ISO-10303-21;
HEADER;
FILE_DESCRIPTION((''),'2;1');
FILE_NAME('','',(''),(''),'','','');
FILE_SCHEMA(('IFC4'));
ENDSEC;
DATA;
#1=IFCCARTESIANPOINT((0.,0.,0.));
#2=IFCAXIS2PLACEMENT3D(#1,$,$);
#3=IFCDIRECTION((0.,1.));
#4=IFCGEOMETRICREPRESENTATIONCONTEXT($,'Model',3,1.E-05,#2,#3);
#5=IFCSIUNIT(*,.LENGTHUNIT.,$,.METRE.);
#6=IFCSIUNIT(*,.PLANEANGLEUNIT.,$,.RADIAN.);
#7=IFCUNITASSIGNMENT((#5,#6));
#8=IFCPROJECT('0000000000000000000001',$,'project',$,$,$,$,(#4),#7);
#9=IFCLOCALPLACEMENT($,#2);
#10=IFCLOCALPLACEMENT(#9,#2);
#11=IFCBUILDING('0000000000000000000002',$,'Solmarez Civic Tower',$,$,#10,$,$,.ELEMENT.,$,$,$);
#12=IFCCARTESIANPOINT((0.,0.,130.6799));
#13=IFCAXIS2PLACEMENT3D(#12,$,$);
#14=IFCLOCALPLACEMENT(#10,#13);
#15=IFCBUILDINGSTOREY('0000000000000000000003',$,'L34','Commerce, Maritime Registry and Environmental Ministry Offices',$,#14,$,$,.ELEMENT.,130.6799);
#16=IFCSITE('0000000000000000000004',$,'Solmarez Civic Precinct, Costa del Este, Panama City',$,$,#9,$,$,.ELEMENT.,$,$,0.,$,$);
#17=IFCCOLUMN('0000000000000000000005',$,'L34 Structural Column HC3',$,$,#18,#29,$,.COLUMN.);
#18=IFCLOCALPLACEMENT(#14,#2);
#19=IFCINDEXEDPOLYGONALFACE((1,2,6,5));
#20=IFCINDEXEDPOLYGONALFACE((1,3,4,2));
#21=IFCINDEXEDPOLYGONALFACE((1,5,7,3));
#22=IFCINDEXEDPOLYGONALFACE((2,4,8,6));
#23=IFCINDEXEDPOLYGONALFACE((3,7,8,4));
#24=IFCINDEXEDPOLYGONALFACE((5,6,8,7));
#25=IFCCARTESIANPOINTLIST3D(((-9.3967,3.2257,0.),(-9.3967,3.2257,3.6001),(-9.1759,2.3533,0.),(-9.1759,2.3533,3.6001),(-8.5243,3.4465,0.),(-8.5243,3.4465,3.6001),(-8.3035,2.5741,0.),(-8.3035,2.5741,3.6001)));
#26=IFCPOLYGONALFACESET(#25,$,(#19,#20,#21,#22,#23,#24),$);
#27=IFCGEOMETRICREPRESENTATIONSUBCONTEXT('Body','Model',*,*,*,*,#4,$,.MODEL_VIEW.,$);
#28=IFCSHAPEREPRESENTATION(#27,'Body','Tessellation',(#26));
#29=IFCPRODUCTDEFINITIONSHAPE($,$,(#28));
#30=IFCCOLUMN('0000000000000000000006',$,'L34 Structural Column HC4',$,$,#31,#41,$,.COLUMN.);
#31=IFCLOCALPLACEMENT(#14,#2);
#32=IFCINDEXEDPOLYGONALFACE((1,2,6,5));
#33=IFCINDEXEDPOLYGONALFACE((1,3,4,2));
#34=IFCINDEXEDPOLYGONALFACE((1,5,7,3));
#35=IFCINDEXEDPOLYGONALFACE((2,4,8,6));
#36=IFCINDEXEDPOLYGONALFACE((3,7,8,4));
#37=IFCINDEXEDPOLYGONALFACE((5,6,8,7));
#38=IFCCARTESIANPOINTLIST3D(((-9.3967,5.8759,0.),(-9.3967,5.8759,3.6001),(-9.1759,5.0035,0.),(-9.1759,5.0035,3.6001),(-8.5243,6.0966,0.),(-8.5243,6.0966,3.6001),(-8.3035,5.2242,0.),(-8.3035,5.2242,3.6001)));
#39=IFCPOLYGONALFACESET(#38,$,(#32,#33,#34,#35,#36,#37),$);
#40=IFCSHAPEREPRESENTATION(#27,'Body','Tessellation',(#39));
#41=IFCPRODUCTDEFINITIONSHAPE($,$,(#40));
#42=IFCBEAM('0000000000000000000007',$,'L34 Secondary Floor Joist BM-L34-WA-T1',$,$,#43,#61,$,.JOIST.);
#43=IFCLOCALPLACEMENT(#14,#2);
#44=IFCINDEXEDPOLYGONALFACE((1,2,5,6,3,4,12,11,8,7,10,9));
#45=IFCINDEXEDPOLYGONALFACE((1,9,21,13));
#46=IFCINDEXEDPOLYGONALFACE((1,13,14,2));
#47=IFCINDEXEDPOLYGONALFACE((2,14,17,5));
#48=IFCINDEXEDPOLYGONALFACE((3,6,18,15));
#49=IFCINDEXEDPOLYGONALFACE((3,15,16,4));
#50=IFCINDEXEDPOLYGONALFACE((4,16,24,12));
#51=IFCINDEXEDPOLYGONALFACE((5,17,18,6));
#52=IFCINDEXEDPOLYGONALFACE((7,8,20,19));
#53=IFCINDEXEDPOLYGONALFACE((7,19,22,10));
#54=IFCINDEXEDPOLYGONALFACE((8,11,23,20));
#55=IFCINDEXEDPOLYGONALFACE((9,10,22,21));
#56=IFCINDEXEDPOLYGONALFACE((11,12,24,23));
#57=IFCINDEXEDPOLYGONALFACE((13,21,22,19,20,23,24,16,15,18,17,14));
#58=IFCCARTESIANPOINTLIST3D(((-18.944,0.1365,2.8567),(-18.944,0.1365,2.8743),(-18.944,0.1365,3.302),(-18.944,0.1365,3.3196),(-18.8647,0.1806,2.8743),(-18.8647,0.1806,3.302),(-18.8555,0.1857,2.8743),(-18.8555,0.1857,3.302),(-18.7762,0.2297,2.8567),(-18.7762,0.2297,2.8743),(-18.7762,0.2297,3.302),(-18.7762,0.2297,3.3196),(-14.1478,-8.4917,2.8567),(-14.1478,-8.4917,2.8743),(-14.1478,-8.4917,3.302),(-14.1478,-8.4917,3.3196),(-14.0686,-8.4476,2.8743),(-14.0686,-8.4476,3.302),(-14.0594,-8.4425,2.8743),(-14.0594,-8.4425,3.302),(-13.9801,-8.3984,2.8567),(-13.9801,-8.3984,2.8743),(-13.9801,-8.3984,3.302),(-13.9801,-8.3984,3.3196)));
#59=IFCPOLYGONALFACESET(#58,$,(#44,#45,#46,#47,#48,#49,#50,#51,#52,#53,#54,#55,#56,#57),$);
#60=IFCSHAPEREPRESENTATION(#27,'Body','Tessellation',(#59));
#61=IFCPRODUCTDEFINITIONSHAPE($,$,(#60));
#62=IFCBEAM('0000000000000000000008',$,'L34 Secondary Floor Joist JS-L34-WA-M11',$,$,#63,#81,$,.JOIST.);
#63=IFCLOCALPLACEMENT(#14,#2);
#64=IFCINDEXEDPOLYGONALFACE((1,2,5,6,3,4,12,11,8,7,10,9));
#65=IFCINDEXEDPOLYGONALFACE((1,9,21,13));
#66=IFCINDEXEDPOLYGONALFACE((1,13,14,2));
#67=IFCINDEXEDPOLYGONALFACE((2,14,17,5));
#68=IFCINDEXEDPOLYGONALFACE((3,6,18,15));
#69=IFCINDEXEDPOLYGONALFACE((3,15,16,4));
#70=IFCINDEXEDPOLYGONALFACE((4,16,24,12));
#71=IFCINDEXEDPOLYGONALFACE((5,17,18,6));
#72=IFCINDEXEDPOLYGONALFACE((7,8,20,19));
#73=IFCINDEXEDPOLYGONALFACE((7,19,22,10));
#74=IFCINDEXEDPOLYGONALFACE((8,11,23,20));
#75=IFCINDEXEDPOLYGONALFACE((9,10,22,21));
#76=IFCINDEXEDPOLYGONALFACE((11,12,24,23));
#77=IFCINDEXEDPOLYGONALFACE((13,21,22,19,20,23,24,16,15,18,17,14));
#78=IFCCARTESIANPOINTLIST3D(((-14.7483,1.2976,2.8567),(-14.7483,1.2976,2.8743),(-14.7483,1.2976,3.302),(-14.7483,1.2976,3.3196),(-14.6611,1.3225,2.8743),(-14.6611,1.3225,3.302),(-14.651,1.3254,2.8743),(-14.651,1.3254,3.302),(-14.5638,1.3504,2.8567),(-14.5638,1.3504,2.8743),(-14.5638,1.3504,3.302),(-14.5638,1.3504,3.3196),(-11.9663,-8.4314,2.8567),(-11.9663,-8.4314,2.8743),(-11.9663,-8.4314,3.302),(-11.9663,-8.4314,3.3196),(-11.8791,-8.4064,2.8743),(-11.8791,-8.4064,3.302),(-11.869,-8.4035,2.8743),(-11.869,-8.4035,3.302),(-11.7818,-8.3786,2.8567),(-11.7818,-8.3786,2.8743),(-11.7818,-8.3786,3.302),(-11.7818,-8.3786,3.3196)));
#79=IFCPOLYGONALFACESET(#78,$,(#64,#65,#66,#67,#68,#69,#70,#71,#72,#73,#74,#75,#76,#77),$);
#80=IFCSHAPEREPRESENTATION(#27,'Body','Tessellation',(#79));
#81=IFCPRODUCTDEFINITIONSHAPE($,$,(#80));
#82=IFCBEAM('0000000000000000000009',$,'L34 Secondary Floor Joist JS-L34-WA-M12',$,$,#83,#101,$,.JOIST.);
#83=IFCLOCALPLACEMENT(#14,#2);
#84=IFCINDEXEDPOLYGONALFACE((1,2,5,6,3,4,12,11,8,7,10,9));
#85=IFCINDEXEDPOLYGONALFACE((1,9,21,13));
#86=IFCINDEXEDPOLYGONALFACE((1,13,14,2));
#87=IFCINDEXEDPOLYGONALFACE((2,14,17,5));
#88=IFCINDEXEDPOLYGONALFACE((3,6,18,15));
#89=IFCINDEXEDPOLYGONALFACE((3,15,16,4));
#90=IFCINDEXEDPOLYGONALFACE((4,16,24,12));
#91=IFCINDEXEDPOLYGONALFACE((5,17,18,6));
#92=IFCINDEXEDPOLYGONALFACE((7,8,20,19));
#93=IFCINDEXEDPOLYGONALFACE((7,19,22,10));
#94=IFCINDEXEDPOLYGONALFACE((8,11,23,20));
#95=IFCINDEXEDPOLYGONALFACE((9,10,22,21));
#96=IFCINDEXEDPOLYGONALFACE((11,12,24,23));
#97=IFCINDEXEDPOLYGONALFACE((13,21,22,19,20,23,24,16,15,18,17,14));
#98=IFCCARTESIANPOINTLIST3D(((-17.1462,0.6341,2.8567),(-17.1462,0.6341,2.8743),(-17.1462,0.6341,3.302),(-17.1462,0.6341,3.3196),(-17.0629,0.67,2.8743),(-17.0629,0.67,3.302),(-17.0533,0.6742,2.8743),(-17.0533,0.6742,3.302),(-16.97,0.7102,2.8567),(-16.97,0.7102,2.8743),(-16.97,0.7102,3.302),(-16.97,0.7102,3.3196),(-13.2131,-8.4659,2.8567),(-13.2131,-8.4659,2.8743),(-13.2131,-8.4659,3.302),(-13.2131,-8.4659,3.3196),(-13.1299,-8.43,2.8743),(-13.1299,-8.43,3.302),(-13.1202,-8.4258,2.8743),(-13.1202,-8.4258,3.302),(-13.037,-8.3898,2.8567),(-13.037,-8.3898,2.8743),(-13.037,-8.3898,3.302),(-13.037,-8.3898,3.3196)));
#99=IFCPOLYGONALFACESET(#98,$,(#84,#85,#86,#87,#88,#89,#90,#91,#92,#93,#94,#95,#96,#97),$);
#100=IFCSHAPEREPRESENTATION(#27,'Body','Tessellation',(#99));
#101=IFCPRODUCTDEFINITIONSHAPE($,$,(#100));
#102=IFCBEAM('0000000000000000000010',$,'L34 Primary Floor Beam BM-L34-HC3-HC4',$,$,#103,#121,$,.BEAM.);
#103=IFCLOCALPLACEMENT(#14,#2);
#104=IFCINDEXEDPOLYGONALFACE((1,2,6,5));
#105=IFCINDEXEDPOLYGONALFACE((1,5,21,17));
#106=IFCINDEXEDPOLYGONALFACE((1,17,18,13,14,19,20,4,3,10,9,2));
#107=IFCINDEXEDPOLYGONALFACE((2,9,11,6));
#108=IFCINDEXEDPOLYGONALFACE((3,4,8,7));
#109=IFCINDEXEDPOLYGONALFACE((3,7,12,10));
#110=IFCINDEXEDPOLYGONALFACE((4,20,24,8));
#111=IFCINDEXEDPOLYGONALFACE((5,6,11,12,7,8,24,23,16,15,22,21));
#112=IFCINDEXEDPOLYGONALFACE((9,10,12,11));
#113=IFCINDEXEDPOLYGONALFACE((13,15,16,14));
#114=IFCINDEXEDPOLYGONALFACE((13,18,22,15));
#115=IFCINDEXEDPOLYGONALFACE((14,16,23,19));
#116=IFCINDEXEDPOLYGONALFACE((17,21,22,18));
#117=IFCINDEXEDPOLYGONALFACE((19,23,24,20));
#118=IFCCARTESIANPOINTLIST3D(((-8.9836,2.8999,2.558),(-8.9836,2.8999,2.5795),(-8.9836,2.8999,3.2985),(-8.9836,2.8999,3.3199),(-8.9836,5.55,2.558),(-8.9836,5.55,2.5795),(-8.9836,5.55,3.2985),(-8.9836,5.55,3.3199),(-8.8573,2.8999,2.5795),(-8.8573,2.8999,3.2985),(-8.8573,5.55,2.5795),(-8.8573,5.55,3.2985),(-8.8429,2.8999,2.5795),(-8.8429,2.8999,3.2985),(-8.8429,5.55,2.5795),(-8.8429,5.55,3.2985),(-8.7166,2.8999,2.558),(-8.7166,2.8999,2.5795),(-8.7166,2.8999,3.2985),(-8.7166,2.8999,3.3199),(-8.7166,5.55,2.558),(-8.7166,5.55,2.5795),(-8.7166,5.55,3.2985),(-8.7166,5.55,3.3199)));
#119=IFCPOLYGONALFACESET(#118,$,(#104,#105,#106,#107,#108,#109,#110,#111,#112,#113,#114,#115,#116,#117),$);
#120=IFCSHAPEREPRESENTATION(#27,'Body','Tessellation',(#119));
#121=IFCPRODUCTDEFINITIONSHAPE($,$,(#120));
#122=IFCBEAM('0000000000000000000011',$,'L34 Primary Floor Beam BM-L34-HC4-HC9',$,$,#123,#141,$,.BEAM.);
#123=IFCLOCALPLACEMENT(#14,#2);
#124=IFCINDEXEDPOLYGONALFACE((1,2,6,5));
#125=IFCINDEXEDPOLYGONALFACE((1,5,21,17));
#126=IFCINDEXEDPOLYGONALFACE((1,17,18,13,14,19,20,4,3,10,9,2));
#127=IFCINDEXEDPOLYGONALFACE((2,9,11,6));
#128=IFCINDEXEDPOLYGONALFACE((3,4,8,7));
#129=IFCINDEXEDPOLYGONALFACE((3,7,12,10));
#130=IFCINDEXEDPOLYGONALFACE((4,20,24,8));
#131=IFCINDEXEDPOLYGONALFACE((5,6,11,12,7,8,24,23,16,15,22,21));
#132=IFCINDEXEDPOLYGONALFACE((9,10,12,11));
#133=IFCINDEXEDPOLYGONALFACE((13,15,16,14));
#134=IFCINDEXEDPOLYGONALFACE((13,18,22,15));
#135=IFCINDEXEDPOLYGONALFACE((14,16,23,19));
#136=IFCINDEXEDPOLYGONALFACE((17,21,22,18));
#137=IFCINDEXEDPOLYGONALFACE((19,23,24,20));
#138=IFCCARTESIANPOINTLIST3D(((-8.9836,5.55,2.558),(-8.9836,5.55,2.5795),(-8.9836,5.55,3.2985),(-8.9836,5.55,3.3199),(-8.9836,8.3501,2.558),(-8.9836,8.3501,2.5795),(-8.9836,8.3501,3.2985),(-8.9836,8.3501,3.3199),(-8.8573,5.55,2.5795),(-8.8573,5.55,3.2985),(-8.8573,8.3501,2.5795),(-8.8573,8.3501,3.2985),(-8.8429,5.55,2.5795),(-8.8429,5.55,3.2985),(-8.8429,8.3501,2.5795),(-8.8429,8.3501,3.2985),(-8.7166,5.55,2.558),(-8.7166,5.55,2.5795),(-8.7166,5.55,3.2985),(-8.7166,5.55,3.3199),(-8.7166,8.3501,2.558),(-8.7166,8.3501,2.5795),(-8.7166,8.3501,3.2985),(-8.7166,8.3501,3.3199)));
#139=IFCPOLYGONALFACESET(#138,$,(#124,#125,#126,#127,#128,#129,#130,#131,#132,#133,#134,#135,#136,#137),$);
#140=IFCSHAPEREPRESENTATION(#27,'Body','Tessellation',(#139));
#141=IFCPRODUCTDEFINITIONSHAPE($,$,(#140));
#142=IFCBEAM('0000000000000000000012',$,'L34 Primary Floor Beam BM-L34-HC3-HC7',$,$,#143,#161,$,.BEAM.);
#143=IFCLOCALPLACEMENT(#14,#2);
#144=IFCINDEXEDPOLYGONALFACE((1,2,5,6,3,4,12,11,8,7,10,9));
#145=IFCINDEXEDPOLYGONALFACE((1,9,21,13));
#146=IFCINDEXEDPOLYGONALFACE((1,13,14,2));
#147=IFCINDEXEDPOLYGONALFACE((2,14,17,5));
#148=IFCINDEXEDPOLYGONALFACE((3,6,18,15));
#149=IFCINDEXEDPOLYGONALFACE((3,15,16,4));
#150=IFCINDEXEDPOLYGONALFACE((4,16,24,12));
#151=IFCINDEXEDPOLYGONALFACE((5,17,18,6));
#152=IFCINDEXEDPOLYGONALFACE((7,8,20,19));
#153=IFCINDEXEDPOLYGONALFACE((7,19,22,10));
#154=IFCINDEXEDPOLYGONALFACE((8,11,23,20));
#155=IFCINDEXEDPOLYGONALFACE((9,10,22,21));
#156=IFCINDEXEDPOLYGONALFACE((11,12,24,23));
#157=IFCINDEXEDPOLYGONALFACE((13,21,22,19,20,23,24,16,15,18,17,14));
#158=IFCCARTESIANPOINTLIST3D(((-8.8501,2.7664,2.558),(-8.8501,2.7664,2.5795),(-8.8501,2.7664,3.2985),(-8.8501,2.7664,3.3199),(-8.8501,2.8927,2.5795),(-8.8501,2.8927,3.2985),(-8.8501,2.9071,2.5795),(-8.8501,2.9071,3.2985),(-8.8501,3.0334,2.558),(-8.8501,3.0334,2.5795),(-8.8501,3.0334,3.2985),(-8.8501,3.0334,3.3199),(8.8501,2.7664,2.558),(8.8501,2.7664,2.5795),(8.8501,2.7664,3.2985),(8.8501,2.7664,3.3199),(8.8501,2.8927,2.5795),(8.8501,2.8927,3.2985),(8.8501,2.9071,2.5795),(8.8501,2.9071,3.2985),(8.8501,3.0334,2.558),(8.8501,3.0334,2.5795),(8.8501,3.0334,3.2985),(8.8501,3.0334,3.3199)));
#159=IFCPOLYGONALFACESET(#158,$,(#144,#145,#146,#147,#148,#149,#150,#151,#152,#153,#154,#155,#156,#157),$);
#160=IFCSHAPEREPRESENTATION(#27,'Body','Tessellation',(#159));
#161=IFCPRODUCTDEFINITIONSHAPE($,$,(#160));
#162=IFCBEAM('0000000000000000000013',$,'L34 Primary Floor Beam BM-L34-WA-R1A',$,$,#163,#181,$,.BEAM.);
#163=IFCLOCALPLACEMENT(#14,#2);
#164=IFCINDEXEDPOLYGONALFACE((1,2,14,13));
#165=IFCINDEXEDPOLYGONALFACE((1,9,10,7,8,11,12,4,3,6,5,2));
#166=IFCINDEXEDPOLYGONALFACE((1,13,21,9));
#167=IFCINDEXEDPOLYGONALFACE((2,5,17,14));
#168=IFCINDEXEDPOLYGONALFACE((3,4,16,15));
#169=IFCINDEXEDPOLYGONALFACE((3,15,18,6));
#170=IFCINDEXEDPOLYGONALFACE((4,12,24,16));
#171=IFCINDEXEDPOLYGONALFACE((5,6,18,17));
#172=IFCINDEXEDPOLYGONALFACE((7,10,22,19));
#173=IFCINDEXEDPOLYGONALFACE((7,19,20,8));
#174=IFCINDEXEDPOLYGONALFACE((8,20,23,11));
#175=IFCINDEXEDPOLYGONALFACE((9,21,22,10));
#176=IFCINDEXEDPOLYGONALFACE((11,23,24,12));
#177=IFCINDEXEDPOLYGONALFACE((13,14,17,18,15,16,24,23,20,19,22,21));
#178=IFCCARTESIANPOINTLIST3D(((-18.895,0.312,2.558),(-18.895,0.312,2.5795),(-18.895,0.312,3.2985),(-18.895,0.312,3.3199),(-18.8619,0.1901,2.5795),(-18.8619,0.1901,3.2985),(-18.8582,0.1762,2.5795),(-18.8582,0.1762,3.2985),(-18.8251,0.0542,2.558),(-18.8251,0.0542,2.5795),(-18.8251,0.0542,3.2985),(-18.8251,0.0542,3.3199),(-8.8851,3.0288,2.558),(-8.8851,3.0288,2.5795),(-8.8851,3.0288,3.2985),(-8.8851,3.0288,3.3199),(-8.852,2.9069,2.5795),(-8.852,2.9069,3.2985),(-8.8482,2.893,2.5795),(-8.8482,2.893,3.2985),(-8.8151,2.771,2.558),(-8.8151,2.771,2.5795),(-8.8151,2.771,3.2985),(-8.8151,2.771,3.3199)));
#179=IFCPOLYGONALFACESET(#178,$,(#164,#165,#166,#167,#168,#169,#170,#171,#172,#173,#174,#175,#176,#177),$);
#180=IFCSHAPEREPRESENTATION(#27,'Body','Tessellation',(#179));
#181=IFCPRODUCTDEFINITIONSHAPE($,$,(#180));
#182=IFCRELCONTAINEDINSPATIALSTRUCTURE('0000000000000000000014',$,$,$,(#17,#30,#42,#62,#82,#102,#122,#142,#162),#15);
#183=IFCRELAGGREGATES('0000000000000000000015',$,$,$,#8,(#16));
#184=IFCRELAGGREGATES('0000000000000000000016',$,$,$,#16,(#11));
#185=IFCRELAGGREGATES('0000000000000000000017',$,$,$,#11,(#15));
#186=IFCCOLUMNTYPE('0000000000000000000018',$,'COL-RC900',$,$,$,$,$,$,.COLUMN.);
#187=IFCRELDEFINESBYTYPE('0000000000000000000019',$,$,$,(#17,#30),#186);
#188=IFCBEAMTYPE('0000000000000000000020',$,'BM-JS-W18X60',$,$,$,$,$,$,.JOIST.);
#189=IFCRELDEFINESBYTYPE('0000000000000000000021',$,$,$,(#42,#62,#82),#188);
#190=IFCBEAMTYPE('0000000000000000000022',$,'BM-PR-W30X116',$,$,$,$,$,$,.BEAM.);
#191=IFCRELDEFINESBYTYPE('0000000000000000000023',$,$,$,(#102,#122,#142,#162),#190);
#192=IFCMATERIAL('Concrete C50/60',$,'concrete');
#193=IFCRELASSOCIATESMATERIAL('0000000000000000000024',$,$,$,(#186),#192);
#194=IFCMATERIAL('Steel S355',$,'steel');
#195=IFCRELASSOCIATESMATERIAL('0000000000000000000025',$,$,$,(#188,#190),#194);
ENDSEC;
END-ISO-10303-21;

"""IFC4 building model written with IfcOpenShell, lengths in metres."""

from ifc_helpers import new_model, si_unit, direction, frame, origin, origin_2d, place, context, subcontext, project, spatial, rectangle, i_section, extrude, material, material_profile, profile_set, type_object, element, save


model = new_model("IFC4")

# Units and contexts
model_context = context("Model", 3, precision=1e-05, world=origin(), true_north=direction((0.0, 1.0)))
body_context = subcontext(model_context, "Body", "Model", "MODEL_VIEW")
ifc_project = project(units=[si_unit("LENGTHUNIT", "METRE"), si_unit("PLANEANGLEUNIT", "RADIAN")], contexts=[model_context])

# Site, building, storey
site_placement = place(None, origin())
site = spatial("IfcSite", under=ifc_project, at=site_placement, Name="Solmarez Civic Precinct, Costa del Este, Panama City", CompositionType="ELEMENT", RefElevation=0.0)
building_placement = place(site_placement, origin())
building = spatial("IfcBuilding", under=site, at=building_placement, Name="Solmarez Civic Tower", CompositionType="ELEMENT")
storey_placement = place(building_placement, frame((0.0, 0.0, 130.6799)))
storey = spatial("IfcBuildingStorey", under=building, at=storey_placement, Name="L34", Description="Commerce, Maritime Registry and Environmental Ministry Offices", CompositionType="ELEMENT", Elevation=130.6799)

# Columns
ifc_material_1 = material(Name="Concrete C50/60", Category="concrete")
ifc_material_profile_1 = material_profile(ifc_material_1, rectangle(XDim=0.8999, YDim=0.8999, at=origin_2d()), Name="RC900X900")
ifc_profile_set_1 = profile_set([ifc_material_profile_1], Name="Concrete C50/60")
column_type = type_object("IfcColumnType", Name="COL-RC900", PredefinedType="COLUMN", material=ifc_profile_set_1)
for number, where, z_axis, x_axis, name in (
    (1, (-8.8501, 2.8999, 0.0), (0.0, 0.0, 1.0), (0.969445, 0.245307, 0.0), "L34 Structural Column HC3"),
    (2, (-8.8501, 5.55, 0.0), (0.0, 0.0, 1.0), (0.969445, 0.245307, 0.0), "L34 Structural Column HC4"),
):
    element("IfcColumn", number, at=place(storey_placement, frame(where, z_axis=z_axis, x_axis=x_axis)), inside=storey, type_object=column_type, Name=name, PredefinedType="COLUMN", context=body_context, shape_type="SweptSolid", body=[
        extrude(rectangle(XDim=0.8999, YDim=0.8999, at=origin_2d()), origin(), (0.0, 0.0, 1.0), 3.6001),
    ])

# Beams
ifc_material_2 = material(Name="Steel S355", Category="steel")
ifc_material_profile_2 = material_profile(ifc_material_2, i_section(OverallWidth=0.1919, OverallDepth=0.4629, WebThickness=0.0105, FlangeThickness=0.0176, at=origin_2d()), Name="W18X60")
ifc_profile_set_2 = profile_set([ifc_material_profile_2], Name="Steel S355")
beam_type_1 = type_object("IfcBeamType", Name="BM-JS-W18X60", PredefinedType="JOIST", material=ifc_profile_set_2)
beam_1_placement = place(storey_placement, frame((-18.8601, 0.1831, 3.0881), z_axis=(0.485853, -0.874041, 0.0), x_axis=(0.874041, 0.485853, 0.0)))
element("IfcBeam", 3, at=beam_1_placement, inside=storey, type_object=beam_type_1, Name="L34 Secondary Floor Joist BM-L34-WA-T1", PredefinedType="JOIST", context=body_context, shape_type="SweptSolid", body=[
    extrude(i_section(OverallWidth=0.1919, OverallDepth=0.4629, WebThickness=0.0105, FlangeThickness=0.0176, at=origin_2d()), origin(), (0.0, 0.0, 1.0), 9.8716),
])
beam_2_placement = place(storey_placement, frame((-14.656, 1.324, 3.0881), z_axis=(0.274928, -0.961465, 0.0), x_axis=(0.961465, 0.274928, 0.0)))
element("IfcBeam", 4, at=beam_2_placement, inside=storey, type_object=beam_type_1, Name="L34 Secondary Floor Joist JS-L34-WA-M11", PredefinedType="JOIST", context=body_context, shape_type="SweptSolid", body=[
    extrude(i_section(OverallWidth=0.1919, OverallDepth=0.4629, WebThickness=0.0105, FlangeThickness=0.0176, at=origin_2d()), origin(), (0.0, 0.0, 1.0), 10.1189),
])
beam_3_placement = place(storey_placement, frame((-17.0581, 0.6721, 3.0881), z_axis=(0.396735, -0.917933, 0.0), x_axis=(0.917933, 0.396735, 0.0)))
element("IfcBeam", 5, at=beam_3_placement, inside=storey, type_object=beam_type_1, Name="L34 Secondary Floor Joist JS-L34-WA-M12", PredefinedType="JOIST", context=body_context, shape_type="SweptSolid", body=[
    extrude(i_section(OverallWidth=0.1919, OverallDepth=0.4629, WebThickness=0.0105, FlangeThickness=0.0176, at=origin_2d()), origin(), (0.0, 0.0, 1.0), 9.9136),
])
ifc_material_profile_3 = material_profile(ifc_material_2, i_section(OverallWidth=0.2671, OverallDepth=0.762, WebThickness=0.0144, FlangeThickness=0.0215, at=origin_2d()), Name="W30X116")
ifc_profile_set_3 = profile_set([ifc_material_profile_3], Name="Steel S355")
beam_type_2 = type_object("IfcBeamType", Name="BM-PR-W30X116", PredefinedType="BEAM", material=ifc_profile_set_3)
beam_4_placement = place(storey_placement, frame((-8.8501, 2.8999, 2.939), z_axis=(0.0, 1.0, 0.0), x_axis=(-1.0, 0.0, 0.0)))
element("IfcBeam", 6, at=beam_4_placement, inside=storey, type_object=beam_type_2, Name="L34 Primary Floor Beam BM-L34-HC3-HC4", PredefinedType="BEAM", context=body_context, shape_type="SweptSolid", body=[
    extrude(i_section(OverallWidth=0.2671, OverallDepth=0.762, WebThickness=0.0144, FlangeThickness=0.0215, at=origin_2d()), origin(), (0.0, 0.0, 1.0), 2.6501),
])
beam_5_placement = place(storey_placement, frame((-8.8501, 5.55, 2.939), z_axis=(0.0, 1.0, 0.0), x_axis=(-1.0, 0.0, 0.0)))
element("IfcBeam", 7, at=beam_5_placement, inside=storey, type_object=beam_type_2, Name="L34 Primary Floor Beam BM-L34-HC4-HC9", PredefinedType="BEAM", context=body_context, shape_type="SweptSolid", body=[
    extrude(i_section(OverallWidth=0.2671, OverallDepth=0.762, WebThickness=0.0144, FlangeThickness=0.0215, at=origin_2d()), origin(), (0.0, 0.0, 1.0), 2.8),
])
beam_6_placement = place(storey_placement, frame((-8.8501, 2.8999, 2.939), z_axis=(1.0, 0.0, 0.0), x_axis=(0.0, 1.0, 0.0)))
element("IfcBeam", 8, at=beam_6_placement, inside=storey, type_object=beam_type_2, Name="L34 Primary Floor Beam BM-L34-HC3-HC7", PredefinedType="BEAM", context=body_context, shape_type="SweptSolid", body=[
    extrude(i_section(OverallWidth=0.2671, OverallDepth=0.762, WebThickness=0.0144, FlangeThickness=0.0215, at=origin_2d()), origin(), (0.0, 0.0, 1.0), 17.7002),
])
beam_7_placement = place(storey_placement, frame((-8.8501, 2.8999, 2.939), z_axis=(-0.965086, -0.261932, 0.0), x_axis=(0.261932, -0.965086, 0.0)))
element("IfcBeam", 9, at=beam_7_placement, inside=storey, type_object=beam_type_2, Name="L34 Primary Floor Beam BM-L34-WA-R1A", PredefinedType="BEAM", context=body_context, shape_type="SweptSolid", body=[
    extrude(i_section(OverallWidth=0.2671, OverallDepth=0.762, WebThickness=0.0144, FlangeThickness=0.0215, at=origin_2d()), origin(), (0.0, 0.0, 1.0), 10.3721),
])

save(model, "model.ifc")
